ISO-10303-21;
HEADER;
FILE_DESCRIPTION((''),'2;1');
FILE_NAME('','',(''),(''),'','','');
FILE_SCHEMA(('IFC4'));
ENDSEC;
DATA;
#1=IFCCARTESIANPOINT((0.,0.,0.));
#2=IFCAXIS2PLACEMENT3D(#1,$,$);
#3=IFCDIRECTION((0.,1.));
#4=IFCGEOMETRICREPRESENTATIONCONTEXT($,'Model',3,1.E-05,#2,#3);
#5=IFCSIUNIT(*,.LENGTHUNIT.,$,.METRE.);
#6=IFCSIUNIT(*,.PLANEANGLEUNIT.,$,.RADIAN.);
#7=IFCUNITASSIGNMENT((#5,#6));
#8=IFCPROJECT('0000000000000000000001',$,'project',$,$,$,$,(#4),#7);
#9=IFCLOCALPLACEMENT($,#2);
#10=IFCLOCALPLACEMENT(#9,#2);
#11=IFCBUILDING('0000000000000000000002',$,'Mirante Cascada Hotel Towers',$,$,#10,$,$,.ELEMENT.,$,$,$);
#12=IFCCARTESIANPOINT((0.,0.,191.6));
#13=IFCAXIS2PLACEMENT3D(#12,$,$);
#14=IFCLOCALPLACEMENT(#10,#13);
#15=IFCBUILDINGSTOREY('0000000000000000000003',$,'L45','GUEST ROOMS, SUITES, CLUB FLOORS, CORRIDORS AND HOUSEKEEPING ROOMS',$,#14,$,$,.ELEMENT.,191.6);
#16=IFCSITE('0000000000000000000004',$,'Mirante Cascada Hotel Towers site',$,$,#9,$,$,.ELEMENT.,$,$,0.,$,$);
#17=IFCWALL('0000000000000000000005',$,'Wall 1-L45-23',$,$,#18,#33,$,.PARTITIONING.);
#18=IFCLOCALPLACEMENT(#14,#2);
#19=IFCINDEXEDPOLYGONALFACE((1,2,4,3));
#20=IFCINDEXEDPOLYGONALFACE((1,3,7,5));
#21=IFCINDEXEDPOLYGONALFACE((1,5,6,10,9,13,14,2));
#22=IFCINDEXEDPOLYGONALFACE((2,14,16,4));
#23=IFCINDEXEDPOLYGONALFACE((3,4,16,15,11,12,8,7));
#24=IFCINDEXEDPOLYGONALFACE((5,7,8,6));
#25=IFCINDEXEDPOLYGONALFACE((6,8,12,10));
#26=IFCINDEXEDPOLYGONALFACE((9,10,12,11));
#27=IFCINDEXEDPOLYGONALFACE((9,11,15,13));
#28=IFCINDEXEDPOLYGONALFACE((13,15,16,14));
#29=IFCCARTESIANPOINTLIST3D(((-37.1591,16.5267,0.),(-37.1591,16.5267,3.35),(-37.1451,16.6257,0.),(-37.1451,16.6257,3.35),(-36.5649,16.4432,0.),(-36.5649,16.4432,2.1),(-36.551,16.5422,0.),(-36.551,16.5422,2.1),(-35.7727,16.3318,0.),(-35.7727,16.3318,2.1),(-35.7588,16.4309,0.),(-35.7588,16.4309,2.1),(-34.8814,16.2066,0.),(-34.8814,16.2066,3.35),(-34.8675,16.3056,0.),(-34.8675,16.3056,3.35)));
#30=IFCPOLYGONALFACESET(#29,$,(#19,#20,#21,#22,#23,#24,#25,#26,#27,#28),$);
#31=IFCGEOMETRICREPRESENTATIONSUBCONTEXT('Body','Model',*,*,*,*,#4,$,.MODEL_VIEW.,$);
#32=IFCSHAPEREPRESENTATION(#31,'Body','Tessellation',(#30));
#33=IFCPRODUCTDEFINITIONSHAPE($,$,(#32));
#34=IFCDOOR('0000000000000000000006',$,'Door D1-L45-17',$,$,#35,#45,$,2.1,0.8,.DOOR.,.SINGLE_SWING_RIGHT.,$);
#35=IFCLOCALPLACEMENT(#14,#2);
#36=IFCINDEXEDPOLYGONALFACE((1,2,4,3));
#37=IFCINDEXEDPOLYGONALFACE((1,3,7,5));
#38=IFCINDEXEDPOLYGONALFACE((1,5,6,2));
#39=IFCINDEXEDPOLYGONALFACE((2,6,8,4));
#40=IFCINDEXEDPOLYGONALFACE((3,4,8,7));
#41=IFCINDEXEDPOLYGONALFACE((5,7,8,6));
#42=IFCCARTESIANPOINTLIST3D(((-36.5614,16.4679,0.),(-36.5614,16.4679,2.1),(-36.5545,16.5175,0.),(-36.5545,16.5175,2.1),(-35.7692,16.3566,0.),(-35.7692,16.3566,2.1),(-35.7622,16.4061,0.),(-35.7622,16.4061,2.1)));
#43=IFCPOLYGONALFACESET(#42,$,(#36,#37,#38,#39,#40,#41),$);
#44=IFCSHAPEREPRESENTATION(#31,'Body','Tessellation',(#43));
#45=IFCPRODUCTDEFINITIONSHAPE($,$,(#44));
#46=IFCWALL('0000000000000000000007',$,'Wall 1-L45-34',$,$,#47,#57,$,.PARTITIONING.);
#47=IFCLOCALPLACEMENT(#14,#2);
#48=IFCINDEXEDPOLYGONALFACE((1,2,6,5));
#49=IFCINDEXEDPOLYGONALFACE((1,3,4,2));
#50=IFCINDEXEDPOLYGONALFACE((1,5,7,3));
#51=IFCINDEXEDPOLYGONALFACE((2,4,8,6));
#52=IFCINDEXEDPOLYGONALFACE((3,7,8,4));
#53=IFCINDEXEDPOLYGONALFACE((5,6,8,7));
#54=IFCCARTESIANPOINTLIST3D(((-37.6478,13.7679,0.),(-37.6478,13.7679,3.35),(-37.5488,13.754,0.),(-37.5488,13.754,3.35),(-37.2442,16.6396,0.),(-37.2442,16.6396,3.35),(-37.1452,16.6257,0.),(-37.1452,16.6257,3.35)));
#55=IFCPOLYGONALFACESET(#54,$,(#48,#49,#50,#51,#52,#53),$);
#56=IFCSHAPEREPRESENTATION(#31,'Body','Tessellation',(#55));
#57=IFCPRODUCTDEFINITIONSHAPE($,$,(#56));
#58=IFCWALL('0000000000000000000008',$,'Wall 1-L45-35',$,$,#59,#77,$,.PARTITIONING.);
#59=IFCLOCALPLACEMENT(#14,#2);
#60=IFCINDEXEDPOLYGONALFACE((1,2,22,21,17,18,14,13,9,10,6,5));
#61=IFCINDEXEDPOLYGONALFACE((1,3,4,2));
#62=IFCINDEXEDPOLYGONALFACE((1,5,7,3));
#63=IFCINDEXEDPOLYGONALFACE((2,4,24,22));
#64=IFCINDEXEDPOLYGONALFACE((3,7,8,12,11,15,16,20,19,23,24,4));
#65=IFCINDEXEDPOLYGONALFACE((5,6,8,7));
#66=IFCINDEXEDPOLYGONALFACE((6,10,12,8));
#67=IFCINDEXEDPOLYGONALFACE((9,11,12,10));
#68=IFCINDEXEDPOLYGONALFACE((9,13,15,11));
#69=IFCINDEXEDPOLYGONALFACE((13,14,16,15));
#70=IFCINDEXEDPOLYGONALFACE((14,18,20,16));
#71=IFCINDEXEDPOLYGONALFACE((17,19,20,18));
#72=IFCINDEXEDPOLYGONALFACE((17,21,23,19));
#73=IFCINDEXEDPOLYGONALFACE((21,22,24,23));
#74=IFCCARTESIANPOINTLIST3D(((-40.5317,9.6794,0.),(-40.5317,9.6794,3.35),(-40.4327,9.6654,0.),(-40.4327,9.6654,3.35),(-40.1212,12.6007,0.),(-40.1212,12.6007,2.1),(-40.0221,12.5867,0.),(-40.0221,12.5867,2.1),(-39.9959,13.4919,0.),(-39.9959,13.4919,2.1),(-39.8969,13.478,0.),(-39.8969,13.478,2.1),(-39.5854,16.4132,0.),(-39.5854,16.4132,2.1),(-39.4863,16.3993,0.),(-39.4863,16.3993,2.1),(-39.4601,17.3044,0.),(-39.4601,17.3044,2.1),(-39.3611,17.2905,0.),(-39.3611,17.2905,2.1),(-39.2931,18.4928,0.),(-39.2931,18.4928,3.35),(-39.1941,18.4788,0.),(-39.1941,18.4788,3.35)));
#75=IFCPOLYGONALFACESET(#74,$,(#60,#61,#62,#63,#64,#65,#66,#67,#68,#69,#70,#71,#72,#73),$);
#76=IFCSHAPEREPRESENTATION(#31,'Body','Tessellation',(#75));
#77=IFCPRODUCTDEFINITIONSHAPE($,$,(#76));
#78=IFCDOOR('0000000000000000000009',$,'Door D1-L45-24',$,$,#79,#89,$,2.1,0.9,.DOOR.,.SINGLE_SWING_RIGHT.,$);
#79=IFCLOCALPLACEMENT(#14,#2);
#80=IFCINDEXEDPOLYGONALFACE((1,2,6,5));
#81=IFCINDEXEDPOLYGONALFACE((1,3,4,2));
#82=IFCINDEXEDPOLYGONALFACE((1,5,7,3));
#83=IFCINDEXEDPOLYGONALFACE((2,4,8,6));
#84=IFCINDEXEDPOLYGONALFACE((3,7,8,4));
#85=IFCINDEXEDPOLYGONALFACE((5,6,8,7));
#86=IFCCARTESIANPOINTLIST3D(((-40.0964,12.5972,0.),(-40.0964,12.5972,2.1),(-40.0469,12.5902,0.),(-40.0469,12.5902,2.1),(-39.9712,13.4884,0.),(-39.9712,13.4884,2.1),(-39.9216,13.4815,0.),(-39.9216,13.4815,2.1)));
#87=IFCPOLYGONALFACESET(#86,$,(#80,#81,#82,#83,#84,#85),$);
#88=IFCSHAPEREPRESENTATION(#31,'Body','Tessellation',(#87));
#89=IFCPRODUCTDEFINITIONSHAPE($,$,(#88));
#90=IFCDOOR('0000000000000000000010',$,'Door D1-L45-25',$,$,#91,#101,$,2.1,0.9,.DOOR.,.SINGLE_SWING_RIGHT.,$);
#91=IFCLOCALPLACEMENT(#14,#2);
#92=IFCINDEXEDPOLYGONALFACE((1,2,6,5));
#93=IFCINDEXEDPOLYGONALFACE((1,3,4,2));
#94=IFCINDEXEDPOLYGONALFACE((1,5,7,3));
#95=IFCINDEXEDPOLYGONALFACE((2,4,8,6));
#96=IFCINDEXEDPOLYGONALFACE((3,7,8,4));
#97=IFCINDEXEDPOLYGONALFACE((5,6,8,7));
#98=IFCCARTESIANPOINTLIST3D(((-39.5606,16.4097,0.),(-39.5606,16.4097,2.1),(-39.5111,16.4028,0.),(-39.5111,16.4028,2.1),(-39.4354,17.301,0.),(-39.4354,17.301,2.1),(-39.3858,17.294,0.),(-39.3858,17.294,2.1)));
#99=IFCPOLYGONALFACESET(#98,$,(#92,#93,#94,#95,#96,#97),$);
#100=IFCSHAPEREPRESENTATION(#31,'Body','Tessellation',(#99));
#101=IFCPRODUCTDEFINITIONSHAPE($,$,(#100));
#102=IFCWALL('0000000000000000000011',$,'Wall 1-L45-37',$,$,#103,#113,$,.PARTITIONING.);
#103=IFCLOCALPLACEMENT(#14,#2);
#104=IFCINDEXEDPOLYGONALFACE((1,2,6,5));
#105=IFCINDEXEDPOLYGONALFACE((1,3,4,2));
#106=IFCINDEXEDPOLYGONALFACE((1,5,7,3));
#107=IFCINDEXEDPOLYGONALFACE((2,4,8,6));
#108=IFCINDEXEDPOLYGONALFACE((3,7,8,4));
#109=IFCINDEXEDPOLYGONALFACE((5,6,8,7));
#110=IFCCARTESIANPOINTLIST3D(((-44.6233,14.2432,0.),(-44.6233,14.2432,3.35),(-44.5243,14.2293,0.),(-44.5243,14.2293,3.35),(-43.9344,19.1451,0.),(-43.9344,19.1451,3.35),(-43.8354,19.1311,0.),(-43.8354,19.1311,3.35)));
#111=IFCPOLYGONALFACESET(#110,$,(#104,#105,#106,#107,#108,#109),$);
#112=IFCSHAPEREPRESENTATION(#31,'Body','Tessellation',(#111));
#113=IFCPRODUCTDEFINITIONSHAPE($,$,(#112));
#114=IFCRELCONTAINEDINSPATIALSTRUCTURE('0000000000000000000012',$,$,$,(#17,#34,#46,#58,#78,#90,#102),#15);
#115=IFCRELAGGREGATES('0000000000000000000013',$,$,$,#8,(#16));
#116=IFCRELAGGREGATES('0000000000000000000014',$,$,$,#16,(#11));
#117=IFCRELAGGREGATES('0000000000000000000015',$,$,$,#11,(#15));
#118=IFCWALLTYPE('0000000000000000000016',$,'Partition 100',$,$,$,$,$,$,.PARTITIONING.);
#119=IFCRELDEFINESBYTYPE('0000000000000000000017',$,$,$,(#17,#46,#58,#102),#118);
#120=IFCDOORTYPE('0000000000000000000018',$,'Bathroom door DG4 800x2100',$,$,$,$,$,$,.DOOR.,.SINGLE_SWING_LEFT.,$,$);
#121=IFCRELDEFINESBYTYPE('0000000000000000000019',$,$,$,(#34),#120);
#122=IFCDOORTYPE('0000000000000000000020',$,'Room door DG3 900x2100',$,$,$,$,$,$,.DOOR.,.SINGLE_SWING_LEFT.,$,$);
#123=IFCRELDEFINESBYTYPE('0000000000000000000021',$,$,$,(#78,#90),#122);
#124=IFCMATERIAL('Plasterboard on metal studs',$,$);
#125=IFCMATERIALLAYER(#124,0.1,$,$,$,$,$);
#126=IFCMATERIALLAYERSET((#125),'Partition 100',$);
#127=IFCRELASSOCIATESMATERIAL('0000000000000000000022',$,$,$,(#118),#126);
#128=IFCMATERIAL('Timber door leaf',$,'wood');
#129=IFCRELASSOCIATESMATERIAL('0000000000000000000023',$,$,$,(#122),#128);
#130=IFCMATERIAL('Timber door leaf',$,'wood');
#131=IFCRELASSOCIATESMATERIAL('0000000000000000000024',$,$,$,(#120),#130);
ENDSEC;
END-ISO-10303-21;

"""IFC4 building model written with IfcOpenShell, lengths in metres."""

from ifc_helpers import new_model, si_unit, direction, frame, frame_2d, origin, place, context, subcontext, project, spatial, rectangle, extrude, material, layer, layer_set, type_object, element, fill, save


model = new_model("IFC4")

# Units and contexts
model_context = context("Model", 3, precision=1e-05, world=origin(), true_north=direction((0.0, 1.0)))
body_context = subcontext(model_context, "Body", "Model", "MODEL_VIEW")
ifc_project = project(units=[si_unit("LENGTHUNIT", "METRE"), si_unit("PLANEANGLEUNIT", "RADIAN")], contexts=[model_context])

# Site, building, storey
site_placement = place(None, origin())
site = spatial("IfcSite", under=ifc_project, at=site_placement, Name="Mirante Cascada Hotel Towers site", CompositionType="ELEMENT", RefElevation=0.0)
building_placement = place(site_placement, origin())
building = spatial("IfcBuilding", under=site, at=building_placement, Name="Mirante Cascada Hotel Towers", CompositionType="ELEMENT")
storey_placement = place(building_placement, frame((0.0, 0.0, 191.6)))
storey = spatial("IfcBuildingStorey", under=building, at=storey_placement, Name="L45", Description="GUEST ROOMS, SUITES, CLUB FLOORS, CORRIDORS AND HOUSEKEEPING ROOMS", CompositionType="ELEMENT", Elevation=191.6)

# Shared definitions
ifc_material_1 = material(Name="Plasterboard on metal studs")
ifc_layer_1 = layer(ifc_material_1, 0.1)
ifc_layer_set_1 = layer_set([ifc_layer_1], Name="Partition 100")
wall_type = type_object("IfcWallType", Name="Partition 100", PredefinedType="PARTITIONING", material=ifc_layer_set_1)
ifc_material_2 = material(Name="Timber door leaf", Category="wood")
door_type_1 = type_object("IfcDoorType", Name="Room door DG3 900x2100", OperationType="SINGLE_SWING_LEFT", PredefinedType="DOOR", material=ifc_material_2)

# Wall, opening, door
wall_1_placement = place(storey_placement, frame((-37.1521, 16.5762, 0.0), z_axis=(0.0, 0.0, 1.0), x_axis=(0.990268, -0.139175, 0.0)))
wall_1 = element("IfcWall", 1, at=wall_1_placement, inside=storey, type_object=wall_type, Name="Wall 1-L45-23", PredefinedType="PARTITIONING", context=body_context, shape_type="SweptSolid", body=[
    extrude(rectangle(XDim=2.3, YDim=0.1, at=frame_2d((1.15, 0.0))), origin(), (0.0, 0.0, 1.0), 3.35),
])
opening_1_placement = place(wall_1_placement, frame((0.6, 0.0, 0.0)))
opening_1 = element("IfcOpeningElement", 2, at=opening_1_placement, cuts=wall_1, PredefinedType="OPENING", context=body_context, shape_type="SweptSolid", body=[
    extrude(rectangle(XDim=0.8, YDim=2.1, at=frame_2d((0.4, 1.05))), frame((0.0, 0.05, 0.0), z_axis=(0.0, -1.0, 0.0), x_axis=(1.0, 0.0, 0.0)), (0.0, 0.0, 1.0), 0.1),
])
ifc_material_3 = material(Name="Timber door leaf", Category="wood")
door_type_2 = type_object("IfcDoorType", Name="Bathroom door DG4 800x2100", OperationType="SINGLE_SWING_LEFT", PredefinedType="DOOR", material=ifc_material_3)
door_1_placement = place(opening_1_placement, frame((0.8, 0.0, 0.0), z_axis=(0.0, 0.0, 1.0), x_axis=(-1.0, 0.0, 0.0)))
door_1 = element("IfcDoor", 3, at=door_1_placement, inside=storey, type_object=door_type_2, Name="Door D1-L45-17", OperationType="SINGLE_SWING_RIGHT", OverallHeight=2.1, OverallWidth=0.8, PredefinedType="DOOR", context=body_context, shape_type="SweptSolid", body=[
    extrude(rectangle(XDim=0.8, YDim=2.1, at=frame_2d((0.4, 1.05))), frame((0.0, 0.025, 0.0), z_axis=(0.0, -1.0, 0.0), x_axis=(1.0, 0.0, 0.0)), (0.0, 0.0, 1.0), 0.05),
])
fill(opening_1, door_1)

# Wall
wall_2_placement = place(storey_placement, frame((-37.5983, 13.7609, 0.0), z_axis=(0.0, 0.0, 1.0), x_axis=(0.139176, 0.990268, 0.0)))
element("IfcWall", 4, at=wall_2_placement, inside=storey, type_object=wall_type, Name="Wall 1-L45-34", PredefinedType="PARTITIONING", context=body_context, shape_type="SweptSolid", body=[
    extrude(rectangle(XDim=2.8999, YDim=0.1, at=frame_2d((1.45, 0.0))), origin(), (0.0, 0.0, 1.0), 3.35),
])

# Wall, openings, doors
wall_3_placement = place(storey_placement, frame((-39.2436, 18.4858, 0.0), z_axis=(0.0, 0.0, 1.0), x_axis=(-0.139168, -0.990269, 0.0)))
wall_3 = element("IfcWall", 5, at=wall_3_placement, inside=storey, type_object=wall_type, Name="Wall 1-L45-35", PredefinedType="PARTITIONING", context=body_context, shape_type="SweptSolid", body=[
    extrude(rectangle(XDim=8.9, YDim=0.1, at=frame_2d((4.45, 0.0))), origin(), (0.0, 0.0, 1.0), 3.35),
])
opening_2_placement = place(wall_3_placement, frame((5.05, 0.0, 0.0)))
opening_2 = element("IfcOpeningElement", 6, at=opening_2_placement, cuts=wall_3, PredefinedType="OPENING", context=body_context, shape_type="SweptSolid", body=[
    extrude(rectangle(XDim=0.9, YDim=2.1, at=frame_2d((0.45, 1.05))), frame((0.0, 0.05, 0.0), z_axis=(0.0, -1.0, 0.0), x_axis=(1.0, 0.0, 0.0)), (0.0, 0.0, 1.0), 0.1),
])
opening_3_placement = place(wall_3_placement, frame((1.2, 0.0, 0.0)))
opening_3 = element("IfcOpeningElement", 7, at=opening_3_placement, cuts=wall_3, PredefinedType="OPENING", context=body_context, shape_type="SweptSolid", body=[
    extrude(rectangle(XDim=0.9, YDim=2.1, at=frame_2d((0.45, 1.05))), frame((0.0, 0.05, 0.0), z_axis=(0.0, -1.0, 0.0), x_axis=(1.0, 0.0, 0.0)), (0.0, 0.0, 1.0), 0.1),
])
door_2_placement = place(opening_2_placement, frame((0.9, 0.0, 0.0), z_axis=(0.0, 0.0, 1.0), x_axis=(-1.0, 0.0, 0.0)))
door_2 = element("IfcDoor", 8, at=door_2_placement, inside=storey, type_object=door_type_1, Name="Door D1-L45-24", OperationType="SINGLE_SWING_RIGHT", OverallHeight=2.1, OverallWidth=0.9, PredefinedType="DOOR", context=body_context, shape_type="SweptSolid", body=[
    extrude(rectangle(XDim=0.9, YDim=2.1, at=frame_2d((0.45, 1.05))), frame((0.0, 0.025, 0.0), z_axis=(0.0, -1.0, 0.0), x_axis=(1.0, 0.0, 0.0)), (0.0, 0.0, 1.0), 0.05),
])
fill(opening_2, door_2)
door_3_placement = place(opening_3_placement, frame((0.9, 0.0, 0.0), z_axis=(0.0, 0.0, 1.0), x_axis=(-1.0, 0.0, 0.0)))
door_3 = element("IfcDoor", 9, at=door_3_placement, inside=storey, type_object=door_type_1, Name="Door D1-L45-25", OperationType="SINGLE_SWING_RIGHT", OverallHeight=2.1, OverallWidth=0.9, PredefinedType="DOOR", context=body_context, shape_type="SweptSolid", body=[
    extrude(rectangle(XDim=0.9, YDim=2.1, at=frame_2d((0.45, 1.05))), frame((0.0, 0.025, 0.0), z_axis=(0.0, -1.0, 0.0), x_axis=(1.0, 0.0, 0.0)), (0.0, 0.0, 1.0), 0.05),
])
fill(opening_3, door_3)

# Wall
wall_4_placement = place(storey_placement, frame((-43.8849, 19.1381, 0.0), z_axis=(0.0, 0.0, 1.0), x_axis=(-0.139173, -0.990268, 0.0)))
element("IfcWall", 10, at=wall_4_placement, inside=storey, type_object=wall_type, Name="Wall 1-L45-37", PredefinedType="PARTITIONING", context=body_context, shape_type="SweptSolid", body=[
    extrude(rectangle(XDim=4.95, YDim=0.1, at=frame_2d((2.475, 0.0))), origin(), (0.0, 0.0, 1.0), 3.35),
])

save(model, "model.ifc")
